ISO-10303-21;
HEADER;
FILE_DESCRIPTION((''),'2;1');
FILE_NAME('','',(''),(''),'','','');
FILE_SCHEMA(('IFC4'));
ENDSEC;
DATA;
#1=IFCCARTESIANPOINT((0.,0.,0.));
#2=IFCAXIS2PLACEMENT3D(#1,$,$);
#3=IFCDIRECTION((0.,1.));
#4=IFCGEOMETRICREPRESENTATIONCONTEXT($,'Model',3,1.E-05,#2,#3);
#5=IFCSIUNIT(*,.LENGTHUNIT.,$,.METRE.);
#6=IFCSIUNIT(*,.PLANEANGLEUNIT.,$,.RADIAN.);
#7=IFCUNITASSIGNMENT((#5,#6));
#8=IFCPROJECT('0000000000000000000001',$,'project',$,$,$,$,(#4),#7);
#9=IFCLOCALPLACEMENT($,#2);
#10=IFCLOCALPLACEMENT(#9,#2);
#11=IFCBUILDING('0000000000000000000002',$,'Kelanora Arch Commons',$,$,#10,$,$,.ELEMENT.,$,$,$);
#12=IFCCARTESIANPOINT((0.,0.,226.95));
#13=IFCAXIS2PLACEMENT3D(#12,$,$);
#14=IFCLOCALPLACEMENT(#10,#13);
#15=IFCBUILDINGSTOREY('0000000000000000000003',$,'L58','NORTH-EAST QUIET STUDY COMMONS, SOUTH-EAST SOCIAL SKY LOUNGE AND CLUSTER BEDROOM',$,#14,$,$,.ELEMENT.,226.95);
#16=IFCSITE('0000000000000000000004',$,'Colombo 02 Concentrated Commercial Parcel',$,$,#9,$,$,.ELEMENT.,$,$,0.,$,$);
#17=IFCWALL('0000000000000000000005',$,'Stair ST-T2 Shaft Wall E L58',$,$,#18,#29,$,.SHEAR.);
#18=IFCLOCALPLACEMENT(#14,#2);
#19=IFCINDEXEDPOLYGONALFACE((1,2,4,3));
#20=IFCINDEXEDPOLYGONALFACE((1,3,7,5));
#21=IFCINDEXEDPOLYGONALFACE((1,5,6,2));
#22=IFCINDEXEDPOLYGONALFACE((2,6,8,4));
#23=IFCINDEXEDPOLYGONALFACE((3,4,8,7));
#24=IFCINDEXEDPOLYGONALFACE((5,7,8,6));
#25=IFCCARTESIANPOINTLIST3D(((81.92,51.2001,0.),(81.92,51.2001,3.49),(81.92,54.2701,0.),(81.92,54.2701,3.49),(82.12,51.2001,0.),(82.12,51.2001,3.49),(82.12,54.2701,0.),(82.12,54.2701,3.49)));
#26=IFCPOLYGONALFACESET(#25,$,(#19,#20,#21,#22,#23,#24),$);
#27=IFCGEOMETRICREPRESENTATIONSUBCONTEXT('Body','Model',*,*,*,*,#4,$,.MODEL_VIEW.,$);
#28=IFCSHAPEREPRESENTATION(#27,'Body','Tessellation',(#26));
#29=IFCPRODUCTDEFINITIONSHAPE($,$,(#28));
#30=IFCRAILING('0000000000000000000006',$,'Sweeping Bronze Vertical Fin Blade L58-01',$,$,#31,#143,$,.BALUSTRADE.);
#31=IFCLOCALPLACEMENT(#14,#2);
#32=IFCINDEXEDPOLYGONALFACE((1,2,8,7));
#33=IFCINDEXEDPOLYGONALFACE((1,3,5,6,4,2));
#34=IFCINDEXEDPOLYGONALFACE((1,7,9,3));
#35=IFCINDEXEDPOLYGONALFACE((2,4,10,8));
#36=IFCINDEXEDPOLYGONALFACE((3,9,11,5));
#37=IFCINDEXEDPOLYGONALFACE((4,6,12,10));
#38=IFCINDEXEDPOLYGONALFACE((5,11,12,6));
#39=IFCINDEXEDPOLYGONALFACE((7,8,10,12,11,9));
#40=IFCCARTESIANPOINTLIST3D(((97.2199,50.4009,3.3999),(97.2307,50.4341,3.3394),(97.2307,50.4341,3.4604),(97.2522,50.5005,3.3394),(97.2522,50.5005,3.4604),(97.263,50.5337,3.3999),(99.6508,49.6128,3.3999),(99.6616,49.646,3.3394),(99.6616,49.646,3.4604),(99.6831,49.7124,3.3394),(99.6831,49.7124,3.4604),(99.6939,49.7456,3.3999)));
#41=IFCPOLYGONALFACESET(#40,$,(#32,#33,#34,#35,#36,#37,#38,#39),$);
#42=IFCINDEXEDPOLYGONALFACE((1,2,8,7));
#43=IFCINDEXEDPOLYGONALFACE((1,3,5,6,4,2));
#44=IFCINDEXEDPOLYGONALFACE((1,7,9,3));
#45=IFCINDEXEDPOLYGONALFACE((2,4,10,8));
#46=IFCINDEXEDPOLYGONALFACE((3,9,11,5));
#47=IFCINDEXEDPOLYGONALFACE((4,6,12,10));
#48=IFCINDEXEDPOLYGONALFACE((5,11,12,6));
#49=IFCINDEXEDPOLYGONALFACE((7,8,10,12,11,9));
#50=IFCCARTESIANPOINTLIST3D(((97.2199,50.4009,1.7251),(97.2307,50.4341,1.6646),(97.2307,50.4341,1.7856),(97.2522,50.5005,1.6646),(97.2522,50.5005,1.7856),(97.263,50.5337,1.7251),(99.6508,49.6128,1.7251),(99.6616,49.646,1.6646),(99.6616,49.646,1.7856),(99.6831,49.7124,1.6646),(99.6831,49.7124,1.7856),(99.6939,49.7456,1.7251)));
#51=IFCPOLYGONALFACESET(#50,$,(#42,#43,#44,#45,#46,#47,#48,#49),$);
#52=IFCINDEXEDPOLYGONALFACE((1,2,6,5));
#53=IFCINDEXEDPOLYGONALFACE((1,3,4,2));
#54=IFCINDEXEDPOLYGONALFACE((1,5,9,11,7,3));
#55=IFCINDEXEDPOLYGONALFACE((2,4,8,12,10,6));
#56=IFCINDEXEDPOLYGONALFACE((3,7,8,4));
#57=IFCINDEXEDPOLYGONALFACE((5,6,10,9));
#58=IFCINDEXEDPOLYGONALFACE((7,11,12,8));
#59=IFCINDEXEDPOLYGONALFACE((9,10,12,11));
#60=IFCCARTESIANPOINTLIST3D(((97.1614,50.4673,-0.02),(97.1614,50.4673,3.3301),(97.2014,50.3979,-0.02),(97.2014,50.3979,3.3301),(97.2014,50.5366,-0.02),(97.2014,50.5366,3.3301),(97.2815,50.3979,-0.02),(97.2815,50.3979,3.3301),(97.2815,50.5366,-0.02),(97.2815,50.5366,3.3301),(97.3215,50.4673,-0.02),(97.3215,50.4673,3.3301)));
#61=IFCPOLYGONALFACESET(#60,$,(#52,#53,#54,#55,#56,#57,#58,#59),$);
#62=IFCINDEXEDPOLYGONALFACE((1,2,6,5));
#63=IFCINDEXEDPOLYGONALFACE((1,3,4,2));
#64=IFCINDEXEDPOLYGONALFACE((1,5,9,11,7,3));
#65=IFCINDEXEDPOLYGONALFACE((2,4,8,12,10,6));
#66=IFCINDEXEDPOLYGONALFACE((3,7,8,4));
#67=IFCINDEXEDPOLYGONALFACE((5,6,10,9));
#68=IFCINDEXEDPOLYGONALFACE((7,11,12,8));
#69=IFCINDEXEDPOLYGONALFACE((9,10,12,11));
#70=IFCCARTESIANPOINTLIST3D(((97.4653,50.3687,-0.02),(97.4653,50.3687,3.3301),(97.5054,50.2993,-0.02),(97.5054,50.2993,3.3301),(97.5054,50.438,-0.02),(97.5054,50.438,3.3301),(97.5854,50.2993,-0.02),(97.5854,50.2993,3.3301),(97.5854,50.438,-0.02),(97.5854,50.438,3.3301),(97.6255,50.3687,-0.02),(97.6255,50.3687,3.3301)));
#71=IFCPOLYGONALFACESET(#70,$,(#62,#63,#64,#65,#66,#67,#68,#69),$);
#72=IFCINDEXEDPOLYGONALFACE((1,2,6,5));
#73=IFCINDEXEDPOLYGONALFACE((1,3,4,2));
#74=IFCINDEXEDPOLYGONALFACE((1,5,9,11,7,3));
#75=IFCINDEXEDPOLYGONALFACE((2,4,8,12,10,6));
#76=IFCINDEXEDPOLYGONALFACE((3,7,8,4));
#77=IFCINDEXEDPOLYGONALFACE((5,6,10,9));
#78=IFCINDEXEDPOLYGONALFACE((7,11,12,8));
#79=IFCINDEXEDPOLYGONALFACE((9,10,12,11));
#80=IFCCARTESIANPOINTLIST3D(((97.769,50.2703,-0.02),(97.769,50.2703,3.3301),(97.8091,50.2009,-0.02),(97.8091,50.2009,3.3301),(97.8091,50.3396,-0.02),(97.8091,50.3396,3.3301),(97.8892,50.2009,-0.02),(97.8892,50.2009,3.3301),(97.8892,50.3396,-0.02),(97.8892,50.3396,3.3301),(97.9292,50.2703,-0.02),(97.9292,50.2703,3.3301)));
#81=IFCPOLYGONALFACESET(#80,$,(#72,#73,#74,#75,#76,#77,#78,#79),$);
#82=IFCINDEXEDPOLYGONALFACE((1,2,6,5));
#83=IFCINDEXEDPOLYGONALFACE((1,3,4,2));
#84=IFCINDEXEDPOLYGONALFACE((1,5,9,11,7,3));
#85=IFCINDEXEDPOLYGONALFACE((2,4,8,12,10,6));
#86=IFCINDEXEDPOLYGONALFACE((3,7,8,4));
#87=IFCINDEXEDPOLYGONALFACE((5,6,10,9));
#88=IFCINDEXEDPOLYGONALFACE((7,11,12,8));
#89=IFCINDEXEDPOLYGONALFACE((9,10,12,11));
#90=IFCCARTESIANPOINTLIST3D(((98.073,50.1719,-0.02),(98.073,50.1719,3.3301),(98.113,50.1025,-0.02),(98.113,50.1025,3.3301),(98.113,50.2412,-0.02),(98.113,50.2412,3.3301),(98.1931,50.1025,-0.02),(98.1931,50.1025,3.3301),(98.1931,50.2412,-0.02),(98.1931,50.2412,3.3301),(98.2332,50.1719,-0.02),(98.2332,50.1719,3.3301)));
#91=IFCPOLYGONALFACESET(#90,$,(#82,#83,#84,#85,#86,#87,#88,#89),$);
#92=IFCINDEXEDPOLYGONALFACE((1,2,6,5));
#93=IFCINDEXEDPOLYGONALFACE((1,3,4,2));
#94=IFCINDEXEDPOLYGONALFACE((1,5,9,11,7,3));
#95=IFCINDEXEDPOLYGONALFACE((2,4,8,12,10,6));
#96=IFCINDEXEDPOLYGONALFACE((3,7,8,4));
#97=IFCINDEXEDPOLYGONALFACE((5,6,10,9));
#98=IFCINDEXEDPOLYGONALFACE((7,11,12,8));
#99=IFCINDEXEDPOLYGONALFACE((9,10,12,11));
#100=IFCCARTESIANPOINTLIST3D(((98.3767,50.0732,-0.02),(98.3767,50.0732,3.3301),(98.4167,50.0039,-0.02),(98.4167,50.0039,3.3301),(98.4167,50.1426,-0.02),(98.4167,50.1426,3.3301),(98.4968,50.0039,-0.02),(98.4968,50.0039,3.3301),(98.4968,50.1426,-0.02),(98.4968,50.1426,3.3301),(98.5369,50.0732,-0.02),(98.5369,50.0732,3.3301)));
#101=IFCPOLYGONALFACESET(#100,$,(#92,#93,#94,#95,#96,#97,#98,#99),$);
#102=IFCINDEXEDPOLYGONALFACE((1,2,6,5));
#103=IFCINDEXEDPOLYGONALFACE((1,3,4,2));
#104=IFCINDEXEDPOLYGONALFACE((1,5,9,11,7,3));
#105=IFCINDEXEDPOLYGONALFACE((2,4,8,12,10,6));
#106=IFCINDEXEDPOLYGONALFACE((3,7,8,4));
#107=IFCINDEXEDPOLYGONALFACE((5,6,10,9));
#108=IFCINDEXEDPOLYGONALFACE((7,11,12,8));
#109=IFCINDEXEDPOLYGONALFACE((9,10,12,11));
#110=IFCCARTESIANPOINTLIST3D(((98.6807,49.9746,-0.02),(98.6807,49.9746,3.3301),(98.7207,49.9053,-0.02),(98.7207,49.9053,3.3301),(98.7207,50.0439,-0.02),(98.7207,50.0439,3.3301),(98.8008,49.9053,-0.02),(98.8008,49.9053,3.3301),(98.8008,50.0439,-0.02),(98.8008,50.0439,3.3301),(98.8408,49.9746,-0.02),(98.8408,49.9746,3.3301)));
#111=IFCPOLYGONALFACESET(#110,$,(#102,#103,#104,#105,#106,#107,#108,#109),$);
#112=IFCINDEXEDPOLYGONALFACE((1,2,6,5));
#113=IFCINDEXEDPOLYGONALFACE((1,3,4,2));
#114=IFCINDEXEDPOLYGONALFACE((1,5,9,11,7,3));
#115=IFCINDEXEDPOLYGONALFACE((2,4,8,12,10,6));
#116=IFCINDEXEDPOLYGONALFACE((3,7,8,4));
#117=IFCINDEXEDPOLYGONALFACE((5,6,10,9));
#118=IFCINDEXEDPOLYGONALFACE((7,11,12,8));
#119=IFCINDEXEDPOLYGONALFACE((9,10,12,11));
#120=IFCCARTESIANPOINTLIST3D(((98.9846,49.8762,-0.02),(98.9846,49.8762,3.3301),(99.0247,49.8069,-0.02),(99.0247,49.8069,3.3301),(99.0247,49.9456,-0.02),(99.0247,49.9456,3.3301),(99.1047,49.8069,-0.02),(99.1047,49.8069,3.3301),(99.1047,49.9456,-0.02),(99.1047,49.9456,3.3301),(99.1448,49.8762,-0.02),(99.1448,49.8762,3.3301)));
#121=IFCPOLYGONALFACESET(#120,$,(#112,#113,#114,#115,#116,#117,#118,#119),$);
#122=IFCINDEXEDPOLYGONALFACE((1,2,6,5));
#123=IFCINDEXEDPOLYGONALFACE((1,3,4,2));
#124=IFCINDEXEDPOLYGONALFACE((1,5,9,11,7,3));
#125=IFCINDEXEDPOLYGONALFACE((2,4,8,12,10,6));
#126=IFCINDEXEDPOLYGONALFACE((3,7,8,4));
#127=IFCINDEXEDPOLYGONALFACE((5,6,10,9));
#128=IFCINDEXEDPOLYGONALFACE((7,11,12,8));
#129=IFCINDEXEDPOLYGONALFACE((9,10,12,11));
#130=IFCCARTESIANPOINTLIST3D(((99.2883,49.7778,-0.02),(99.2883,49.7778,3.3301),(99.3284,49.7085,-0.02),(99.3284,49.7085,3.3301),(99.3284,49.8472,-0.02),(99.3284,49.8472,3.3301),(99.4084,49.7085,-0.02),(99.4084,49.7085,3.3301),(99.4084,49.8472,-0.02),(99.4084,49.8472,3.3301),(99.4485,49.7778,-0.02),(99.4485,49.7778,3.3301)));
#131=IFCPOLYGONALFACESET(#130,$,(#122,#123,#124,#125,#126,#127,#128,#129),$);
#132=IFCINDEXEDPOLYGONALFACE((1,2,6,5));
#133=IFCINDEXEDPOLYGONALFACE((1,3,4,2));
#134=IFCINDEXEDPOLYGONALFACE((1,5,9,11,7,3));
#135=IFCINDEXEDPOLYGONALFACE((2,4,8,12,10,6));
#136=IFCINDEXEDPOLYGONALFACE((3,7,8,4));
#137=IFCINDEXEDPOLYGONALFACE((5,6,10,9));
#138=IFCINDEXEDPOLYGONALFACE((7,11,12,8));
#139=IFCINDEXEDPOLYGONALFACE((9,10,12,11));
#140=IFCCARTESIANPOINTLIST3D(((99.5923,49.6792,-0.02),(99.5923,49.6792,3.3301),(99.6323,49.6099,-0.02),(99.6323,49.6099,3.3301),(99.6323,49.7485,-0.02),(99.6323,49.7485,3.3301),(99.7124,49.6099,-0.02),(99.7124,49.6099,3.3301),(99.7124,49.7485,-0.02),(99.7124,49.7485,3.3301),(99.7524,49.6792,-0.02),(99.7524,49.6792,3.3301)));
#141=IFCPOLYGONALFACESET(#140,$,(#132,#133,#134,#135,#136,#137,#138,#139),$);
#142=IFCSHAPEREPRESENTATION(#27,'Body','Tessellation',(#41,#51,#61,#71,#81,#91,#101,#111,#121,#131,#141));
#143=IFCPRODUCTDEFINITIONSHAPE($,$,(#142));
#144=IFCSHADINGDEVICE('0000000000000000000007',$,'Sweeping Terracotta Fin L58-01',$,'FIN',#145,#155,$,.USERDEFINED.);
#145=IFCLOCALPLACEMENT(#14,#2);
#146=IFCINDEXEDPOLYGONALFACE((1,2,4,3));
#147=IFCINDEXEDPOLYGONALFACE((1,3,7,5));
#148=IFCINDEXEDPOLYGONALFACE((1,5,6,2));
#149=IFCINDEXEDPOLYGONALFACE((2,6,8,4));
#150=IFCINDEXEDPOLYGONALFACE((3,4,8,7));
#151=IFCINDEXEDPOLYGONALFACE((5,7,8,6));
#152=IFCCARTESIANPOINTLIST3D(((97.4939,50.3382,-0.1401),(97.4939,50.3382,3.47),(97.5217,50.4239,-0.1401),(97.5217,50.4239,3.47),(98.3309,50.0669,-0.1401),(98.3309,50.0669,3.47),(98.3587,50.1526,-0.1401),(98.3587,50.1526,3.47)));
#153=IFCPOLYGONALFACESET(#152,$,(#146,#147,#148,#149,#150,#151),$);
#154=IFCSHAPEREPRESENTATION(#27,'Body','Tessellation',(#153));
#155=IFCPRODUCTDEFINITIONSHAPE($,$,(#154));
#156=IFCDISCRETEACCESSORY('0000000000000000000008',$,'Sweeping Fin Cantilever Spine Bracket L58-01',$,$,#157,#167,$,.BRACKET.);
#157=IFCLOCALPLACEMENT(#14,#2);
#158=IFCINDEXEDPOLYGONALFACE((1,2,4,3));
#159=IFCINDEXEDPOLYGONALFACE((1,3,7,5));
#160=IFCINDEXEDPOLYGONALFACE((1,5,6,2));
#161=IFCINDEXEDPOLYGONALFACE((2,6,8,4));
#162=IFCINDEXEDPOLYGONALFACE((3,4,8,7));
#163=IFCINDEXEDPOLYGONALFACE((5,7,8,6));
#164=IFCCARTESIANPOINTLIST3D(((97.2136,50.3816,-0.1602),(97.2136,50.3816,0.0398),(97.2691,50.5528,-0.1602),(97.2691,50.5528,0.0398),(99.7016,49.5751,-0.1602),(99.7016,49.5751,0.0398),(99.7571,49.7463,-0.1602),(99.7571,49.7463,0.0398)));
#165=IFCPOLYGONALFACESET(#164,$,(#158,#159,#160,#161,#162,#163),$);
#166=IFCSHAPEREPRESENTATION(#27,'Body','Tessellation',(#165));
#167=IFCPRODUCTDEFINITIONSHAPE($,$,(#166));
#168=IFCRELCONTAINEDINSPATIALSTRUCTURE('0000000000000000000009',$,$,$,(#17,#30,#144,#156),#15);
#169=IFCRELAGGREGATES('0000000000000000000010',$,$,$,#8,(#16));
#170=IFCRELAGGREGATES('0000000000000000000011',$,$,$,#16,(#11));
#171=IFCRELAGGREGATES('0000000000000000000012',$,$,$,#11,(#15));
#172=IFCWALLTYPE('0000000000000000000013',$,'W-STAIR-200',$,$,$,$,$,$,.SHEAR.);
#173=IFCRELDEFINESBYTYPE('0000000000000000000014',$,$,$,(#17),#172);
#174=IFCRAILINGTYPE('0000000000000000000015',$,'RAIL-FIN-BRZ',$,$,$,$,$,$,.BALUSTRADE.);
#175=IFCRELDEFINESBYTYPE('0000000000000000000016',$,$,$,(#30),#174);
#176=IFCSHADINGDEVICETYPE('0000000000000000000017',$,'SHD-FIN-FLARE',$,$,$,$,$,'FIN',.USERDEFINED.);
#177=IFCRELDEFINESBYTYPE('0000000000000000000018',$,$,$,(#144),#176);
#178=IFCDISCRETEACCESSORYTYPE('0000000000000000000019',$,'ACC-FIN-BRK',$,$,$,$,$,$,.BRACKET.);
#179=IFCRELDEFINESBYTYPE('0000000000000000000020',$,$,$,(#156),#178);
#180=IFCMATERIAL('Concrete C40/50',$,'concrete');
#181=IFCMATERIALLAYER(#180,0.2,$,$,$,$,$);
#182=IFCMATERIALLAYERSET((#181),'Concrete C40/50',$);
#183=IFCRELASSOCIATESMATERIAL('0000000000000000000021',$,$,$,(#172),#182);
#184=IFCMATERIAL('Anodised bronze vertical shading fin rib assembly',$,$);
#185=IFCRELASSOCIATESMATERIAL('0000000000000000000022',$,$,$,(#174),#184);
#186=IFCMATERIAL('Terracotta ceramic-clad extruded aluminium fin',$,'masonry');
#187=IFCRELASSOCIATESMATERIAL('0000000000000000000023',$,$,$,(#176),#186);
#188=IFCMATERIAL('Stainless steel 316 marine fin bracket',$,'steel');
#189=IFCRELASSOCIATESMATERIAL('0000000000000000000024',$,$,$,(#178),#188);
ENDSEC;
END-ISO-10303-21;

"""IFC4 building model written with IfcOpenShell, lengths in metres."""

from ifc_helpers import new_model, si_unit, direction, frame, frame_2d, origin, origin_2d, place, context, subcontext, project, spatial, polyline, rectangle, outline, extrude, source, transform, mapped, material, layer, layer_set, type_object, element, save


model = new_model("IFC4")

# Units and contexts
model_context = context("Model", 3, precision=1e-05, world=origin(), true_north=direction((0.0, 1.0)))
body_context = subcontext(model_context, "Body", "Model", "MODEL_VIEW")
ifc_project = project(units=[si_unit("LENGTHUNIT", "METRE"), si_unit("PLANEANGLEUNIT", "RADIAN")], contexts=[model_context])

# Site, building, storey
site_placement = place(None, origin())
site = spatial("IfcSite", under=ifc_project, at=site_placement, Name="Colombo 02 Concentrated Commercial Parcel", CompositionType="ELEMENT", RefElevation=0.0)
building_placement = place(site_placement, origin())
building = spatial("IfcBuilding", under=site, at=building_placement, Name="Kelanora Arch Commons", CompositionType="ELEMENT")
storey_placement = place(building_placement, frame((0.0, 0.0, 226.95)))
storey = spatial("IfcBuildingStorey", under=building, at=storey_placement, Name="L58", Description="NORTH-EAST QUIET STUDY COMMONS, SOUTH-EAST SOCIAL SKY LOUNGE AND CLUSTER BEDROOM", CompositionType="ELEMENT", Elevation=226.95)

# Wall
ifc_material_1 = material(Name="Concrete C40/50", Category="concrete")
ifc_layer_1 = layer(ifc_material_1, 0.2)
ifc_layer_set_1 = layer_set([ifc_layer_1], Name="Concrete C40/50")
wall_type_1 = type_object("IfcWallType", Name="W-STAIR-200", PredefinedType="SHEAR", material=ifc_layer_set_1)
wall_1_placement = place(storey_placement, frame((82.02, 51.2, 0.0), z_axis=(0.0, 0.0, 1.0), x_axis=(0.0, 1.0, 0.0)))
element("IfcWall", 1, at=wall_1_placement, inside=storey, type_object=wall_type_1, Name="Stair ST-T2 Shaft Wall E L58", PredefinedType="SHEAR", context=body_context, shape_type="SweptSolid", body=[
    extrude(rectangle(XDim=3.0701, YDim=0.2, at=frame_2d((1.5352, 0.0))), origin(), (0.0, 0.0, 1.0), 3.49),
])

# Railing
ifc_material_2 = material(Name="Anodised bronze vertical shading fin rib assembly")
railing_type = type_object("IfcRailingType", Name="RAIL-FIN-BRZ", PredefinedType="BALUSTRADE", material=ifc_material_2)
railing_placement = place(storey_placement, frame((97.2415, 50.4673, -0.02)))
element("IfcRailing", 2, at=railing_placement, inside=storey, type_object=railing_type, Name="Sweeping Bronze Vertical Fin Blade L58-01", PredefinedType="BALUSTRADE", context=body_context, shape_type="SweptSolid", body=[
    extrude(outline(polyline([(0.0698, 0.0), (0.0349, 0.0605), (-0.0349, 0.0605), (-0.0698, 0.0), (-0.0349, -0.0605), (0.0349, -0.0605), (0.0698, 0.0)])), frame((0.0, 0.0, 3.4199), z_axis=(0.951259, -0.308393, 0.0), x_axis=(0.308393, 0.951259, 0.0)), (0.0, 0.0, 1.0), 2.5554),
    extrude(outline(polyline([(0.0698, 0.0), (0.0349, 0.0605), (-0.0349, 0.0605), (-0.0698, 0.0), (-0.0349, -0.0605), (0.0349, -0.0605), (0.0698, 0.0)])), frame((0.0, 0.0, 1.7451), z_axis=(0.951259, -0.308393, 0.0), x_axis=(0.308393, 0.951259, 0.0)), (0.0, 0.0, 1.0), 2.5554),
    extrude(outline(polyline([(0.0801, 0.0), (0.04, 0.0693), (-0.04, 0.0693), (-0.0801, 0.0), (-0.04, -0.0693), (0.04, -0.0693), (0.0801, 0.0)])), origin(), (0.0, 0.0, 1.0), 3.3501),
    extrude(outline(polyline([(0.0801, 0.0), (0.04, 0.0693), (-0.04, 0.0693), (-0.0801, 0.0), (-0.04, -0.0693), (0.04, -0.0693), (0.0801, 0.0)])), frame((0.304, -0.0986, 0.0)), (0.0, 0.0, 1.0), 3.3501),
    extrude(outline(polyline([(0.0801, 0.0), (0.04, 0.0693), (-0.04, 0.0693), (-0.0801, 0.0), (-0.04, -0.0693), (0.04, -0.0693), (0.0801, 0.0)])), frame((0.6077, -0.197, 0.0)), (0.0, 0.0, 1.0), 3.3501),
    extrude(outline(polyline([(0.0801, 0.0), (0.04, 0.0693), (-0.04, 0.0693), (-0.0801, 0.0), (-0.04, -0.0693), (0.04, -0.0693), (0.0801, 0.0)])), frame((0.9116, -0.2954, 0.0)), (0.0, 0.0, 1.0), 3.3501),
    extrude(outline(polyline([(0.0801, 0.0), (0.04, 0.0693), (-0.04, 0.0693), (-0.0801, 0.0), (-0.04, -0.0693), (0.04, -0.0693), (0.0801, 0.0)])), frame((1.2153, -0.394, 0.0)), (0.0, 0.0, 1.0), 3.3501),
    extrude(outline(polyline([(0.0801, 0.0), (0.04, 0.0693), (-0.04, 0.0693), (-0.0801, 0.0), (-0.04, -0.0693), (0.04, -0.0693), (0.0801, 0.0)])), frame((1.5193, -0.4927, 0.0)), (0.0, 0.0, 1.0), 3.3501),
    extrude(outline(polyline([(0.0801, 0.0), (0.04, 0.0693), (-0.04, 0.0693), (-0.0801, 0.0), (-0.04, -0.0693), (0.04, -0.0693), (0.0801, 0.0)])), frame((1.8232, -0.5911, 0.0)), (0.0, 0.0, 1.0), 3.3501),
    extrude(outline(polyline([(0.0801, 0.0), (0.04, 0.0693), (-0.04, 0.0693), (-0.0801, 0.0), (-0.04, -0.0693), (0.04, -0.0693), (0.0801, 0.0)])), frame((2.127, -0.6895, 0.0)), (0.0, 0.0, 1.0), 3.3501),
    extrude(outline(polyline([(0.0801, 0.0), (0.04, 0.0693), (-0.04, 0.0693), (-0.0801, 0.0), (-0.04, -0.0693), (0.04, -0.0693), (0.0801, 0.0)])), frame((2.4309, -0.7881, 0.0)), (0.0, 0.0, 1.0), 3.3501),
])

# Shading device
ifc_material_3 = material(Name="Terracotta ceramic-clad extruded aluminium fin", Category="masonry")
shading_device_type = type_object("IfcShadingDeviceType", Name="SHD-FIN-FLARE", ElementType="FIN", PredefinedType="USERDEFINED", material=ifc_material_3)
shared_shape_1 = source(origin(), body_context, "Body", "SweptSolid", [
    extrude(rectangle(XDim=0.8799, YDim=0.0901, at=origin_2d()), origin(), (0.0, 0.0, 1.0), 3.6101),
])
shading_device_placement = place(storey_placement, frame((97.9263, 50.2454, -0.1401), z_axis=(0.0, 0.0, 1.0), x_axis=(0.951272, -0.308353, 0.0)))
element("IfcShadingDevice", 3, at=shading_device_placement, inside=storey, type_object=shading_device_type, Name="Sweeping Terracotta Fin L58-01", ObjectType="FIN", PredefinedType="USERDEFINED", context=body_context, shape_type="MappedRepresentation", body=[
    mapped(shared_shape_1, transform((0.0, 0.0, 0.0), scale=1.0)),
])

# Discrete accessory
ifc_material_4 = material(Name="Stainless steel 316 marine fin bracket", Category="steel")
discrete_accessory_type = type_object("IfcDiscreteAccessoryType", Name="ACC-FIN-BRK", PredefinedType="BRACKET", material=ifc_material_4)
shared_shape_2 = source(origin(), body_context, "Body", "SweptSolid", [
    extrude(rectangle(XDim=2.6155, YDim=0.1799, at=origin_2d()), origin(), (0.0, 0.0, 1.0), 0.2),
])
discrete_accessory_placement = place(storey_placement, frame((98.4854, 50.064, -0.1602), z_axis=(0.0, 0.0, 1.0), x_axis=(0.951272, -0.308353, 0.0)))
element("IfcDiscreteAccessory", 4, at=discrete_accessory_placement, inside=storey, type_object=discrete_accessory_type, Name="Sweeping Fin Cantilever Spine Bracket L58-01", PredefinedType="BRACKET", context=body_context, shape_type="MappedRepresentation", body=[
    mapped(shared_shape_2, transform((0.0, 0.0, 0.0), scale=1.0)),
])

save(model, "model.ifc")
